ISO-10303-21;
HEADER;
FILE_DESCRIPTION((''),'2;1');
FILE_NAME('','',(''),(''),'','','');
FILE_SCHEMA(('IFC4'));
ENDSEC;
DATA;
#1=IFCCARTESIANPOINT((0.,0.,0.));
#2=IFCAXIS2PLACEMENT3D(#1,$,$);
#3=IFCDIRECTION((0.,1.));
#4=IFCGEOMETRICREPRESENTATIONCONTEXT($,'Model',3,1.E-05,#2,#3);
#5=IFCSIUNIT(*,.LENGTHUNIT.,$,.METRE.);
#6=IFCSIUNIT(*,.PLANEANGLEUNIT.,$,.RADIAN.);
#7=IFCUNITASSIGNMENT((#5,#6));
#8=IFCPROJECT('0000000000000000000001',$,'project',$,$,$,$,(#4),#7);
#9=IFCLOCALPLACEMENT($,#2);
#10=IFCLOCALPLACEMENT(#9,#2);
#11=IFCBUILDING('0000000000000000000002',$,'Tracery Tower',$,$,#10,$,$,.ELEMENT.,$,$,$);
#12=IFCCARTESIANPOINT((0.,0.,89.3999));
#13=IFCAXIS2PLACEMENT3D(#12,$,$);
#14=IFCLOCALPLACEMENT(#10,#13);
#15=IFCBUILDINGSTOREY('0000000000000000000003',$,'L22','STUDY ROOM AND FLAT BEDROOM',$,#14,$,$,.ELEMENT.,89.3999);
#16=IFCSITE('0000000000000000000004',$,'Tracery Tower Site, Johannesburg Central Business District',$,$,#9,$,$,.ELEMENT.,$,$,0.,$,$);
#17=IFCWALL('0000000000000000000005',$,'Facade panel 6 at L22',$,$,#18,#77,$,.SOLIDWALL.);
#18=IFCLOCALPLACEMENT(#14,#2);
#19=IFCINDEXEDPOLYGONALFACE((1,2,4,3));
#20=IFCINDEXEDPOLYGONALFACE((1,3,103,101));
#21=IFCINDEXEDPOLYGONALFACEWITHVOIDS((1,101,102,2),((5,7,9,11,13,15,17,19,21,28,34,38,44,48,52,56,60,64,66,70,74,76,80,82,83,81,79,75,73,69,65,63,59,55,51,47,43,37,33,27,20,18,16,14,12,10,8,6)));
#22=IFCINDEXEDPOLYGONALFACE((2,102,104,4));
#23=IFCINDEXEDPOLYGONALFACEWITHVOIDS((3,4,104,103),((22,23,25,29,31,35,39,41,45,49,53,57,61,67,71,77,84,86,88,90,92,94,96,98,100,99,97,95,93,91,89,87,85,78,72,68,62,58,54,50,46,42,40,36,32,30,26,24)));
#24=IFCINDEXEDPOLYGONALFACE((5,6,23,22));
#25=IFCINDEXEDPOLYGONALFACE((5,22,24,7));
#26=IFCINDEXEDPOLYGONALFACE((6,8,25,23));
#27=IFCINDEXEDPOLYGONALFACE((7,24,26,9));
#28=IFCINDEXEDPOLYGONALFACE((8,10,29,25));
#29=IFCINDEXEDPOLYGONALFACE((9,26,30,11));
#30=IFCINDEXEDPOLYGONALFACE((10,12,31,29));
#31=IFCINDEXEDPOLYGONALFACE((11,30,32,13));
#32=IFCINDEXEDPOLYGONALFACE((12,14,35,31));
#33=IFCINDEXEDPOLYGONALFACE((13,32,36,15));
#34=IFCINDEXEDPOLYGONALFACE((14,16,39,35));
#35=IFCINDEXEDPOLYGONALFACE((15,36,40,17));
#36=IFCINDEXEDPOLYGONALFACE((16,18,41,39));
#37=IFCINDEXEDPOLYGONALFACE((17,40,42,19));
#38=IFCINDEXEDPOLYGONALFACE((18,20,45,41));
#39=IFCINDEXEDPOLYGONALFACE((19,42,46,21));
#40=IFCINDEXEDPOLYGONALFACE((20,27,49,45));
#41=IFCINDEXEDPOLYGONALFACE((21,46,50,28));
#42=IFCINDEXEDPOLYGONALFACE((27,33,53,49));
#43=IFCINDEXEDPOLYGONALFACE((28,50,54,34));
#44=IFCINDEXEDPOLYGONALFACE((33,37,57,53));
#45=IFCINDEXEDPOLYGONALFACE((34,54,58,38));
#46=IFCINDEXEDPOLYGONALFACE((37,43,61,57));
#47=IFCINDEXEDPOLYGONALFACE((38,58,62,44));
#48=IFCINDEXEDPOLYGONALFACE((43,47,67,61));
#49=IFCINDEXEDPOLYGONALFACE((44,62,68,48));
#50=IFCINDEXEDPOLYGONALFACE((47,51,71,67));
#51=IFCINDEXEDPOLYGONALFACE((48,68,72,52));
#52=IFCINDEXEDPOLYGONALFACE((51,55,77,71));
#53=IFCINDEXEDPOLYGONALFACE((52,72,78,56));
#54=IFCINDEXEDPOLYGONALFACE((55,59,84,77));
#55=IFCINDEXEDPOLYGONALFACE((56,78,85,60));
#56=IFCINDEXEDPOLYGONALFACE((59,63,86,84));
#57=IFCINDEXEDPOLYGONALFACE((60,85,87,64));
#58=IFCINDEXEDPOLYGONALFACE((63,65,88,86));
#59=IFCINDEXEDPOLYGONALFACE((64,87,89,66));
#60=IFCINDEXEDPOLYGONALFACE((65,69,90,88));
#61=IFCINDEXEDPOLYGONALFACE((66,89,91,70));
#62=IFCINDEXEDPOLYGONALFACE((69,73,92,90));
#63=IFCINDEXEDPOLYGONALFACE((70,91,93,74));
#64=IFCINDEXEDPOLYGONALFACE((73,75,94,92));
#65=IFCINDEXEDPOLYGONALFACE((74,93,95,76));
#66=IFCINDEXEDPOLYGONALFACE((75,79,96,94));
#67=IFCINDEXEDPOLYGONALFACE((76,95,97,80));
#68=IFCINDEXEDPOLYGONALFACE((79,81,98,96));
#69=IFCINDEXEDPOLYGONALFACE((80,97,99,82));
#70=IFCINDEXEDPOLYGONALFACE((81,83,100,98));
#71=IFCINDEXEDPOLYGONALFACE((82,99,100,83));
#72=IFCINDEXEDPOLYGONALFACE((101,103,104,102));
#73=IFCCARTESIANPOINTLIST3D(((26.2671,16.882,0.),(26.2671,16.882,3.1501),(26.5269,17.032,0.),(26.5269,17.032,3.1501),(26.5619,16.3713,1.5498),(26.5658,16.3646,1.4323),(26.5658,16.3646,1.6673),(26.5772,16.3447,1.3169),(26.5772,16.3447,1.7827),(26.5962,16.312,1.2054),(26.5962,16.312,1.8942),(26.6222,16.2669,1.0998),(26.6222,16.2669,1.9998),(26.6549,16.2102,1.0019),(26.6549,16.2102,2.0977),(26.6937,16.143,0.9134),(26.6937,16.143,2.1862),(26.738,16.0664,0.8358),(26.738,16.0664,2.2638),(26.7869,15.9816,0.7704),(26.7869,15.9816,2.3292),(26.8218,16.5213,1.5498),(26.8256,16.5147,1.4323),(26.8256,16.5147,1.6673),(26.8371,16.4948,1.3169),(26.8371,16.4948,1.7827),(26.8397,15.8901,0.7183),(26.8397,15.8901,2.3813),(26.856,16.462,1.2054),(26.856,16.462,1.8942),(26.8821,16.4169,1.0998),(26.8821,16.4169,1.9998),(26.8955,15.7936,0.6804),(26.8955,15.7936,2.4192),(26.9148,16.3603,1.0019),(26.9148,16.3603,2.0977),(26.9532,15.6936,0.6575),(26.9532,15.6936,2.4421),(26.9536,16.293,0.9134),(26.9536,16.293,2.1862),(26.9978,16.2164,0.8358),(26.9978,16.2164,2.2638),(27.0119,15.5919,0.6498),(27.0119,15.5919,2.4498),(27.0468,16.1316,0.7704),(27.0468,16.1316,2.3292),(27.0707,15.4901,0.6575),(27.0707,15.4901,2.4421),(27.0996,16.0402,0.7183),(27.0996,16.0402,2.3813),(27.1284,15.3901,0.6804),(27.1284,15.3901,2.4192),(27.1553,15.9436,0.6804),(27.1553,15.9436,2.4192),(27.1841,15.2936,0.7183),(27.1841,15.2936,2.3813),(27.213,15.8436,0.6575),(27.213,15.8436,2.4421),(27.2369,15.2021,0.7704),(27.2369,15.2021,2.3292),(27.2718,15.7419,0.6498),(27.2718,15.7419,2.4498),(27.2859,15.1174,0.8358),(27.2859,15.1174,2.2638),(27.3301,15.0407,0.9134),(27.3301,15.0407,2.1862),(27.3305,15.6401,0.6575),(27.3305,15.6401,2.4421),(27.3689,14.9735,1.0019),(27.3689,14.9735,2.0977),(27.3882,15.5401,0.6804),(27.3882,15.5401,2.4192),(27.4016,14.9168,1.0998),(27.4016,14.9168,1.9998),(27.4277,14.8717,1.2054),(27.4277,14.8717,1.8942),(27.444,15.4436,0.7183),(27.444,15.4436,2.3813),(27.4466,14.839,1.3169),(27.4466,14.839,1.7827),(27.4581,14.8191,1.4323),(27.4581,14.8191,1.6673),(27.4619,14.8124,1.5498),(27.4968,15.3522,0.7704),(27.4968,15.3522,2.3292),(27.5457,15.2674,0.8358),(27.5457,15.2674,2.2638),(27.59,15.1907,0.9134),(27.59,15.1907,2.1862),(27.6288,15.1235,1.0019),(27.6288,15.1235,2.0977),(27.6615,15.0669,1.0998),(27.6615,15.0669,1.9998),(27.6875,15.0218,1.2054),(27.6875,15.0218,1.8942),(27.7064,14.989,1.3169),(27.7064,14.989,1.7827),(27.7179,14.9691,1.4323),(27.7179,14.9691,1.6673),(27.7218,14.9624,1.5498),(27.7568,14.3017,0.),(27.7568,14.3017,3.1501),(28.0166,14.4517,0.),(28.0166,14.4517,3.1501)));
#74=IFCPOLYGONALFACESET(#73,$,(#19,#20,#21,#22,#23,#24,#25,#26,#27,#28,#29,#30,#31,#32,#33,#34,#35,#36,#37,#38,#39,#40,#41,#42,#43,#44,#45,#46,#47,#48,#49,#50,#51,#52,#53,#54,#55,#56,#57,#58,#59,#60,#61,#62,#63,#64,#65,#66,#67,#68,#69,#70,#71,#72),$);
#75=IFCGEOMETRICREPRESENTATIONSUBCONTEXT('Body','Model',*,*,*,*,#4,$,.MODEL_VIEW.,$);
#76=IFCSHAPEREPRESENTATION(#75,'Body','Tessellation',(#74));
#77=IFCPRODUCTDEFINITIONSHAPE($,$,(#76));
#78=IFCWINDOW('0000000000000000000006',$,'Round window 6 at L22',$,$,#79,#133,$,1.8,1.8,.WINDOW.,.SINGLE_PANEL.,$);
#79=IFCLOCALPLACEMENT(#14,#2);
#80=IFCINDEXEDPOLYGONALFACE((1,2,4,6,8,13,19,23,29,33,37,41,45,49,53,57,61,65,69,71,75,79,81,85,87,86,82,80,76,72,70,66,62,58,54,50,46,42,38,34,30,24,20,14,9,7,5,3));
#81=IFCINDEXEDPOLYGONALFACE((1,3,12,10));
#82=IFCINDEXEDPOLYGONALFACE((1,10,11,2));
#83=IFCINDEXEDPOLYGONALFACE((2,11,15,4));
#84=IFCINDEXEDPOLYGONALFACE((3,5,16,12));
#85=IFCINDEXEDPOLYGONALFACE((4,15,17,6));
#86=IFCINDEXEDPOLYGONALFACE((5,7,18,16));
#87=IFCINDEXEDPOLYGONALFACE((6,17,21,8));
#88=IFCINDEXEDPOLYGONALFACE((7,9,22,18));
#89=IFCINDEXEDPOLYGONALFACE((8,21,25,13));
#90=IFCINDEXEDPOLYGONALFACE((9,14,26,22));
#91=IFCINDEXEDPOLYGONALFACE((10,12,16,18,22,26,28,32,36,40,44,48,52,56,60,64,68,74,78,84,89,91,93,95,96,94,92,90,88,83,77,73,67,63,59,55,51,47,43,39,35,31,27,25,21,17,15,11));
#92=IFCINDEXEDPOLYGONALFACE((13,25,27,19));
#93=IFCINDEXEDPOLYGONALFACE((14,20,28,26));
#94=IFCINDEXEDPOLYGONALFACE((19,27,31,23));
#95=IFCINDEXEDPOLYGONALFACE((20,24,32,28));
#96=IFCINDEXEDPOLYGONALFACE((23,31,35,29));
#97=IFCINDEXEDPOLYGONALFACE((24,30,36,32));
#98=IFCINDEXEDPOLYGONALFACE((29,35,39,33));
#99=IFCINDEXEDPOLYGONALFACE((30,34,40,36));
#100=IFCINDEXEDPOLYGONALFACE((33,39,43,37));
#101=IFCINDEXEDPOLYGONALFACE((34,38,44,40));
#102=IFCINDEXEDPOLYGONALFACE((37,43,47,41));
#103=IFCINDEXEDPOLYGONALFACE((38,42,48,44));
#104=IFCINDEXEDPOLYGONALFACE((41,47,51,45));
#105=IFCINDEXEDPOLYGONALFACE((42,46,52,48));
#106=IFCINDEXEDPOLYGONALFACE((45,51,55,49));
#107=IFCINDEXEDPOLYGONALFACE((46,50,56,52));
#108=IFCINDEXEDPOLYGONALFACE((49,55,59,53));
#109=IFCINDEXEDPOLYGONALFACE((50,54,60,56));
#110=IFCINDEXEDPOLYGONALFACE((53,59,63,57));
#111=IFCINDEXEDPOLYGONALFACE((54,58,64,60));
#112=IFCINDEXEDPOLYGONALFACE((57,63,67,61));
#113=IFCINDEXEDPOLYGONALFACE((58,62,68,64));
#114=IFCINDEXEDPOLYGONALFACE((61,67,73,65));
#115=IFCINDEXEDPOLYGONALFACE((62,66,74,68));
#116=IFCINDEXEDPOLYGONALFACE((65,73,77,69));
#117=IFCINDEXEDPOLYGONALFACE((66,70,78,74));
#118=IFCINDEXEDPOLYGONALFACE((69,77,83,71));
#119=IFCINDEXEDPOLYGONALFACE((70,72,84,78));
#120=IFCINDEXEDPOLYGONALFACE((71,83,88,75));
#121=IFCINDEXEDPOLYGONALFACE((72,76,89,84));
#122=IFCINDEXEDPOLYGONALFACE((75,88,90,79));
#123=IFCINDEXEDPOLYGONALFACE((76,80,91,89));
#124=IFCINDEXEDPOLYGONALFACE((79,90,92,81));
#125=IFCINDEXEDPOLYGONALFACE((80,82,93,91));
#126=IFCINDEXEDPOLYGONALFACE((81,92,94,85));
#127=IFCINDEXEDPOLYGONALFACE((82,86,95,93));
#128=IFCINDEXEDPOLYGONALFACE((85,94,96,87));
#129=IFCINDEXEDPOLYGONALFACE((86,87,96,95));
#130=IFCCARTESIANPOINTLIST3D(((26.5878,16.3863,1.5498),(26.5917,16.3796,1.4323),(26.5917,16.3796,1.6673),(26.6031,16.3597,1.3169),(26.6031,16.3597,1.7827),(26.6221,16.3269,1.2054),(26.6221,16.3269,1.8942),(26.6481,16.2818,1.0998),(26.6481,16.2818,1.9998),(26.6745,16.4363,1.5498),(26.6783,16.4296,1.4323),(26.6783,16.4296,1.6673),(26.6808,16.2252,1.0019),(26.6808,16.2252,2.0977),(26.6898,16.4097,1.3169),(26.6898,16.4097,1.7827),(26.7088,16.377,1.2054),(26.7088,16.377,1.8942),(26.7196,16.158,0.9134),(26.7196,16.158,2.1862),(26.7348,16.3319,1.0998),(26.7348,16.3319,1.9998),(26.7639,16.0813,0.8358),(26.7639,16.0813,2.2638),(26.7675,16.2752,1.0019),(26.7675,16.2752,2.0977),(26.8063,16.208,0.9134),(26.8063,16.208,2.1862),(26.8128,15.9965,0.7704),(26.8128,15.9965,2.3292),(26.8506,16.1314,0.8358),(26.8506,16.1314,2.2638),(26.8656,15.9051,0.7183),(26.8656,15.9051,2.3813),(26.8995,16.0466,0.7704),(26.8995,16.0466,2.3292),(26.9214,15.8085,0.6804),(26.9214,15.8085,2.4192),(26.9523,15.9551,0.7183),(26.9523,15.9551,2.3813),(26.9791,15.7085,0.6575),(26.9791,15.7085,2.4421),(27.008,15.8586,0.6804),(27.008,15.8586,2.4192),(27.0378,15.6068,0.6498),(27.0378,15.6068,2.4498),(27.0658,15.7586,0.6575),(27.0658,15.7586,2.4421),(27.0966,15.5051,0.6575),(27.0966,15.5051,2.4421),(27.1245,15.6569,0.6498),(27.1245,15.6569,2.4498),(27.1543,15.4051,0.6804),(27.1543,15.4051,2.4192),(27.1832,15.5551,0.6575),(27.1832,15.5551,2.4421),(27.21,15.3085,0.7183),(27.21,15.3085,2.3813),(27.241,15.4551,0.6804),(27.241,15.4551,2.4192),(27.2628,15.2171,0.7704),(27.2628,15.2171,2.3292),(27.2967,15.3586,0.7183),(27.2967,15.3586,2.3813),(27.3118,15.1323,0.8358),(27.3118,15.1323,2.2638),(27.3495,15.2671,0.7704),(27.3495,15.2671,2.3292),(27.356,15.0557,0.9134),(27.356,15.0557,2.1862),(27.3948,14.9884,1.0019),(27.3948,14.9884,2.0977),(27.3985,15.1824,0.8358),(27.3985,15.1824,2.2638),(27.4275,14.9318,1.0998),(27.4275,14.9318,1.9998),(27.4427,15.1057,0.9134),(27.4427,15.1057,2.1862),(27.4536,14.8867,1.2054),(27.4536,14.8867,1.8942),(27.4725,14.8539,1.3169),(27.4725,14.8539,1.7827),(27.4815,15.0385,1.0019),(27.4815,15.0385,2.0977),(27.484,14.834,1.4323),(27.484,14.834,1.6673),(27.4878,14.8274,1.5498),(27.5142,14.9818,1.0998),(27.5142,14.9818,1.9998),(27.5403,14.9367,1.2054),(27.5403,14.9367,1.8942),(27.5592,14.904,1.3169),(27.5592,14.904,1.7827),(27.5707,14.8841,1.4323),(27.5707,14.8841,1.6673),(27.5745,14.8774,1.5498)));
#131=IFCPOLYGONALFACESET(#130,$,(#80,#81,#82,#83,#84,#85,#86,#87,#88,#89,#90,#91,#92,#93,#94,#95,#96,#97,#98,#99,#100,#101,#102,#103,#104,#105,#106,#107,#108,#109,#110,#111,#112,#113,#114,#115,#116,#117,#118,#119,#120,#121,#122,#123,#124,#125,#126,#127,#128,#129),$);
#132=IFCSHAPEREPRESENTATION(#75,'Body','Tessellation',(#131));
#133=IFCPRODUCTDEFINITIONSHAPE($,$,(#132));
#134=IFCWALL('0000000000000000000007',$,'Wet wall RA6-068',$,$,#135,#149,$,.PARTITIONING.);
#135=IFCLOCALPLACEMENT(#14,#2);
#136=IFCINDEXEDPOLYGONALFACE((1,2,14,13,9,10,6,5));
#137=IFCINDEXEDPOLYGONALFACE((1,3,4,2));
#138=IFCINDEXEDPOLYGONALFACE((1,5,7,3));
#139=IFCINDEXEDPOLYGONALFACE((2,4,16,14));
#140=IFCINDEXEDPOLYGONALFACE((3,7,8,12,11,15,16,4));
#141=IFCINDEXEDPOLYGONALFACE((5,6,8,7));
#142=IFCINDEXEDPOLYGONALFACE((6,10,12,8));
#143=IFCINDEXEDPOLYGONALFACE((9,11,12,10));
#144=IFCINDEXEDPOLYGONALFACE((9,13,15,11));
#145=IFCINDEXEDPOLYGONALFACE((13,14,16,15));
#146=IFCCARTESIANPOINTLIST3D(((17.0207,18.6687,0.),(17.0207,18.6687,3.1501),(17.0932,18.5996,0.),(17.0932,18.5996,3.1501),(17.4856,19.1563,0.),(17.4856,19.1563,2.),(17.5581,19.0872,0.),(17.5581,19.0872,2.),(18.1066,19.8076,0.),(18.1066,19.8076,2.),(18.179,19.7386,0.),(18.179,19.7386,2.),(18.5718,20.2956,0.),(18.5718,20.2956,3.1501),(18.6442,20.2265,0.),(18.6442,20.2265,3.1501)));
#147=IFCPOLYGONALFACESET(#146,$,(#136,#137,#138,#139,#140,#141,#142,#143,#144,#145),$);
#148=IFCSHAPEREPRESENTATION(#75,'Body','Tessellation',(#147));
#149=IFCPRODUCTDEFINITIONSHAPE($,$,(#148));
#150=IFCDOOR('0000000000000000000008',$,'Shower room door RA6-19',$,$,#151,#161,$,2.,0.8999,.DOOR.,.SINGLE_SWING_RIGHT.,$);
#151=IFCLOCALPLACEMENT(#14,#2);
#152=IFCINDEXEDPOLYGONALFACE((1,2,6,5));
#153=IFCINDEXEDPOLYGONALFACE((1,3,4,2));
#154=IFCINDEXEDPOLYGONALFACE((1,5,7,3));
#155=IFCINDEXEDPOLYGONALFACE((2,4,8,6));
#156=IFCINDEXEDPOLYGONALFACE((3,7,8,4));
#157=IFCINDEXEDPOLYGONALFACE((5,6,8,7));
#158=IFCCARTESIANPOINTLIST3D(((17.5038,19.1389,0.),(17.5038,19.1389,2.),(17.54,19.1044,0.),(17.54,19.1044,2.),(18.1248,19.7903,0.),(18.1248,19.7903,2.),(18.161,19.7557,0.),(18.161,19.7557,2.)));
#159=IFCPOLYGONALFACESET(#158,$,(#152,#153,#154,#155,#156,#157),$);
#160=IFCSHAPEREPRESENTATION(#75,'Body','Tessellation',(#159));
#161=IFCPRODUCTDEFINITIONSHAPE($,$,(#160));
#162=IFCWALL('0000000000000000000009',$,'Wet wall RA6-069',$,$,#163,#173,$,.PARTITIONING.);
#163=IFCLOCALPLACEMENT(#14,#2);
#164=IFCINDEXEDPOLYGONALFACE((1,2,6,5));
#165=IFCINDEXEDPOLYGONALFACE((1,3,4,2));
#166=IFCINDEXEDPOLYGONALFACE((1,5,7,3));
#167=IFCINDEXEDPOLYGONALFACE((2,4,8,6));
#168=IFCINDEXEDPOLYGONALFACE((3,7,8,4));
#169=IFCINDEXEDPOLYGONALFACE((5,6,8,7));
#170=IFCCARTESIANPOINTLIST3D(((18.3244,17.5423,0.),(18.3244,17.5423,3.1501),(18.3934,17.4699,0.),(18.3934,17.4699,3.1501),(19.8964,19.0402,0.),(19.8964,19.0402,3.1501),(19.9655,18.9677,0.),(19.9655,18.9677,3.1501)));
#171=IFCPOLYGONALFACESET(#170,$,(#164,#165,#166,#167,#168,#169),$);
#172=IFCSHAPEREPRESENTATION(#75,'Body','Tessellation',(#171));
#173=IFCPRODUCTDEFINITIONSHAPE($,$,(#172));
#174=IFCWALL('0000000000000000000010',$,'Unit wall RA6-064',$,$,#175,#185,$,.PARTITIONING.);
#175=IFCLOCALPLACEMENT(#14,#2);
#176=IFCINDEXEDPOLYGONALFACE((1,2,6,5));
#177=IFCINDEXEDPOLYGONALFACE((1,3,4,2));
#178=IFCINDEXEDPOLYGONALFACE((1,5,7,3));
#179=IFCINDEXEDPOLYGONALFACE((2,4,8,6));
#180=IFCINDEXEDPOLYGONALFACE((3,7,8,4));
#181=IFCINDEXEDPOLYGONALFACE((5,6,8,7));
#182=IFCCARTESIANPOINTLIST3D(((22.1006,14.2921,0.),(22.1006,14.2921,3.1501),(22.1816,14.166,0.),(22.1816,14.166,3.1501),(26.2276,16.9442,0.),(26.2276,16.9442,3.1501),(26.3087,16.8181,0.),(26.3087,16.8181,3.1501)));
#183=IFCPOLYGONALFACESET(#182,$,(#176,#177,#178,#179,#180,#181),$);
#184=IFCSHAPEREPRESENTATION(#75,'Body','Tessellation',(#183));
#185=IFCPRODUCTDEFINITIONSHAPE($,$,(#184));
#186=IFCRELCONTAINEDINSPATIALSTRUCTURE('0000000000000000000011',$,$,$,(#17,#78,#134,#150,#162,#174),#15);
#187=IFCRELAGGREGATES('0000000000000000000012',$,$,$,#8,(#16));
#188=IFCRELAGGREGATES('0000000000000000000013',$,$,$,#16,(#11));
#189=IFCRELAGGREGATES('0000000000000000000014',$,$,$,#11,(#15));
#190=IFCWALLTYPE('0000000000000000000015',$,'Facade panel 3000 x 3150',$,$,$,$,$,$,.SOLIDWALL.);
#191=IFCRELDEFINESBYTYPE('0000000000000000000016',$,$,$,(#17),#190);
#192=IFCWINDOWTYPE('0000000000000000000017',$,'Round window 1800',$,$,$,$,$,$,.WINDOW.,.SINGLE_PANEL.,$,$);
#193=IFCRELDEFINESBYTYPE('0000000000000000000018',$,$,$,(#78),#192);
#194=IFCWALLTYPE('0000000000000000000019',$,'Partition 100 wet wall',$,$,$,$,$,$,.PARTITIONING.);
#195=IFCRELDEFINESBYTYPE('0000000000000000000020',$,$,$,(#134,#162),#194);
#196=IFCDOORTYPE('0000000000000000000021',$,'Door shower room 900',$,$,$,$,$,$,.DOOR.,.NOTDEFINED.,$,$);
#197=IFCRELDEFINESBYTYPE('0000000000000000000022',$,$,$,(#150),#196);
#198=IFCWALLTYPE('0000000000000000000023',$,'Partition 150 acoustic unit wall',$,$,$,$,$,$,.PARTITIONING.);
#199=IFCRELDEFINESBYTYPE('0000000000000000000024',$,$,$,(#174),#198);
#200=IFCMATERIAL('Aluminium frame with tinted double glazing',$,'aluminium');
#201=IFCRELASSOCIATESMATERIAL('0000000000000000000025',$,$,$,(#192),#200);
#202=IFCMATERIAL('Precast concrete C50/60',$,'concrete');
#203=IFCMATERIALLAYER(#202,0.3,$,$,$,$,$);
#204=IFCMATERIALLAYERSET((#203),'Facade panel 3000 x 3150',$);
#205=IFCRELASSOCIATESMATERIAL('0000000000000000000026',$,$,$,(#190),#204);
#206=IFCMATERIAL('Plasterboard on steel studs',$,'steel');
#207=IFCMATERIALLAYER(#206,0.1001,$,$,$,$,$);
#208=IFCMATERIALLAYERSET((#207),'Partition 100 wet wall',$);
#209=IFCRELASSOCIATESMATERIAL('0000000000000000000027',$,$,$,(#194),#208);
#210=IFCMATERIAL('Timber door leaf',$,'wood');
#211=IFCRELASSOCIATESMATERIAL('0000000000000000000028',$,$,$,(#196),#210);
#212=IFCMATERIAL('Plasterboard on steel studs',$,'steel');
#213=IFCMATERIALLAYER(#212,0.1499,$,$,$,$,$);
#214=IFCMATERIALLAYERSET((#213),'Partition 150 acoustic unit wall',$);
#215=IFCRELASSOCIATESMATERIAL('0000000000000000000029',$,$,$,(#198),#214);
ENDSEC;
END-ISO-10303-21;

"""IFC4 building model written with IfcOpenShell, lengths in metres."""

from ifc_helpers import new_model, si_unit, direction, frame, frame_2d, origin, origin_2d, place, context, subcontext, project, spatial, rectangle, circle, extrude, material, layer, layer_set, type_object, element, fill, save


model = new_model("IFC4")

# Units and contexts
model_context = context("Model", 3, precision=1e-05, world=origin(), true_north=direction((0.0, 1.0)))
body_context = subcontext(model_context, "Body", "Model", "MODEL_VIEW")
ifc_project = project(units=[si_unit("LENGTHUNIT", "METRE"), si_unit("PLANEANGLEUNIT", "RADIAN")], contexts=[model_context])

# Site, building, storey
site_placement = place(None, origin())
site = spatial("IfcSite", under=ifc_project, at=site_placement, Name="Tracery Tower Site, Johannesburg Central Business District", CompositionType="ELEMENT", RefElevation=0.0)
building_placement = place(site_placement, origin())
building = spatial("IfcBuilding", under=site, at=building_placement, Name="Tracery Tower", CompositionType="ELEMENT")
storey_placement = place(building_placement, frame((0.0, 0.0, 89.3999)))
storey = spatial("IfcBuildingStorey", under=building, at=storey_placement, Name="L22", Description="STUDY ROOM AND FLAT BEDROOM", CompositionType="ELEMENT", Elevation=89.3999)

# Wall, opening, window
ifc_material_1 = material(Name="Aluminium frame with tinted double glazing", Category="aluminium")
window_type = type_object("IfcWindowType", Name="Round window 1800", PartitioningType="SINGLE_PANEL", PredefinedType="WINDOW", material=ifc_material_1)
ifc_material_2 = material(Name="Precast concrete C50/60", Category="concrete")
ifc_layer_1 = layer(ifc_material_2, 0.3)
ifc_layer_set_1 = layer_set([ifc_layer_1], Name="Facade panel 3000 x 3150")
wall_type_1 = type_object("IfcWallType", Name="Facade panel 3000 x 3150", PredefinedType="SOLIDWALL", material=ifc_layer_set_1)
wall_1_placement = place(storey_placement, frame((27.8867, 14.3767, 0.0), z_axis=(0.0, 0.0, 1.0), x_axis=(-0.499999, 0.866026, 0.0)))
wall_1 = element("IfcWall", 1, at=wall_1_placement, inside=storey, type_object=wall_type_1, Name="Facade panel 6 at L22", PredefinedType="SOLIDWALL", context=body_context, shape_type="SweptSolid", body=[
    extrude(rectangle(XDim=2.9795, YDim=0.3, at=frame_2d((1.4897, 0.0))), origin(), (0.0, 0.0, 1.0), 3.1501),
])
opening_1_placement = place(wall_1_placement, frame((1.4897, 0.0, 1.5498)))
opening_1 = element("IfcOpeningElement", 2, at=opening_1_placement, cuts=wall_1, PredefinedType="OPENING", context=body_context, shape_type="SweptSolid", body=[
    extrude(circle(Radius=0.9, at=origin_2d()), frame((0.0, 0.1599, 0.0), z_axis=(0.0, -1.0, 0.0), x_axis=(1.0, 0.0, 0.0)), (0.0, 0.0, 1.0), 0.3201),
])
window_1_placement = place(opening_1_placement, origin())
window_1 = element("IfcWindow", 3, at=window_1_placement, inside=storey, type_object=window_type, Name="Round window 6 at L22", OverallHeight=1.8, OverallWidth=1.8, PartitioningType="SINGLE_PANEL", PredefinedType="WINDOW", context=body_context, shape_type="SweptSolid", body=[
    extrude(circle(Radius=0.9, at=origin_2d()), frame((0.0, 0.1201, 0.0), z_axis=(0.0, -1.0, 0.0), x_axis=(1.0, 0.0, 0.0)), (0.0, 0.0, 1.0), 0.1001),
])
fill(opening_1, window_1)

# Wall, opening, door
ifc_material_3 = material(Name="Plasterboard on steel studs", Category="steel")
ifc_layer_2 = layer(ifc_material_3, 0.1001)
ifc_layer_set_2 = layer_set([ifc_layer_2], Name="Partition 100 wet wall")
wall_type_2 = type_object("IfcWallType", Name="Partition 100 wet wall", PredefinedType="PARTITIONING", material=ifc_layer_set_2)
wall_2_placement = place(storey_placement, frame((17.0569, 18.634, 0.0), z_axis=(0.0, 0.0, 1.0), x_axis=(0.690016, 0.723794, 0.0)))
wall_2 = element("IfcWall", 4, at=wall_2_placement, inside=storey, type_object=wall_type_2, Name="Wet wall RA6-068", PredefinedType="PARTITIONING", context=body_context, shape_type="SweptSolid", body=[
    extrude(rectangle(XDim=2.2478, YDim=0.1001, at=frame_2d((1.124, 0.0))), origin(), (0.0, 0.0, 1.0), 3.1501),
])
opening_2_placement = place(wall_2_placement, frame((0.6738, 0.0, 0.0)))
opening_2 = element("IfcOpeningElement", 5, at=opening_2_placement, cuts=wall_2, PredefinedType="OPENING", context=body_context, shape_type="SweptSolid", body=[
    extrude(rectangle(XDim=0.8999, YDim=2.0, at=frame_2d((0.45, 1.0))), frame((0.0, 0.05, 0.0), z_axis=(0.0, -1.0, 0.0), x_axis=(1.0, 0.0, 0.0)), (0.0, 0.0, 1.0), 0.1001),
])
ifc_material_4 = material(Name="Timber door leaf", Category="wood")
door_type_1 = type_object("IfcDoorType", Name="Door shower room 900", OperationType="NOTDEFINED", PredefinedType="DOOR", material=ifc_material_4)
door_1_placement = place(opening_2_placement, origin())
door_1 = element("IfcDoor", 6, at=door_1_placement, inside=storey, type_object=door_type_1, Name="Shower room door RA6-19", OperationType="SINGLE_SWING_RIGHT", OverallHeight=2.0, OverallWidth=0.8999, PredefinedType="DOOR", context=body_context, shape_type="SweptSolid", body=[
    extrude(rectangle(XDim=0.8999, YDim=2.0, at=frame_2d((0.45, 1.0))), frame((0.0, 0.0249, 0.0), z_axis=(0.0, -1.0, 0.0), x_axis=(1.0, 0.0, 0.0)), (0.0, 0.0, 1.0), 0.05),
])
fill(opening_2, door_1)

# Walls
wall_3_placement = place(storey_placement, frame((18.3589, 17.5061, 0.0), z_axis=(0.0, 0.0, 1.0), x_axis=(0.723991, 0.68981, 0.0)))
element("IfcWall", 7, at=wall_3_placement, inside=storey, type_object=wall_type_2, Name="Wet wall RA6-069", PredefinedType="PARTITIONING", context=body_context, shape_type="SweptSolid", body=[
    extrude(rectangle(XDim=2.1714, YDim=0.1001, at=frame_2d((1.0857, 0.0))), origin(), (0.0, 0.0, 1.0), 3.1501),
])
ifc_material_5 = material(Name="Plasterboard on steel studs", Category="steel")
ifc_layer_3 = layer(ifc_material_5, 0.1499)
ifc_layer_set_3 = layer_set([ifc_layer_3], Name="Partition 150 acoustic unit wall")
wall_type_3 = type_object("IfcWallType", Name="Partition 150 acoustic unit wall", PredefinedType="PARTITIONING", material=ifc_layer_set_3)
wall_4_placement = place(storey_placement, frame((22.1411, 14.229, 0.0), z_axis=(0.0, 0.0, 1.0), x_axis=(0.841266, 0.540622, 0.0)))
element("IfcWall", 8, at=wall_4_placement, inside=storey, type_object=wall_type_3, Name="Unit wall RA6-064", PredefinedType="PARTITIONING", context=body_context, shape_type="SweptSolid", body=[
    extrude(rectangle(XDim=4.9058, YDim=0.1499, at=frame_2d((2.4529, 0.0))), origin(), (0.0, 0.0, 1.0), 3.1501),
])

save(model, "model.ifc")
